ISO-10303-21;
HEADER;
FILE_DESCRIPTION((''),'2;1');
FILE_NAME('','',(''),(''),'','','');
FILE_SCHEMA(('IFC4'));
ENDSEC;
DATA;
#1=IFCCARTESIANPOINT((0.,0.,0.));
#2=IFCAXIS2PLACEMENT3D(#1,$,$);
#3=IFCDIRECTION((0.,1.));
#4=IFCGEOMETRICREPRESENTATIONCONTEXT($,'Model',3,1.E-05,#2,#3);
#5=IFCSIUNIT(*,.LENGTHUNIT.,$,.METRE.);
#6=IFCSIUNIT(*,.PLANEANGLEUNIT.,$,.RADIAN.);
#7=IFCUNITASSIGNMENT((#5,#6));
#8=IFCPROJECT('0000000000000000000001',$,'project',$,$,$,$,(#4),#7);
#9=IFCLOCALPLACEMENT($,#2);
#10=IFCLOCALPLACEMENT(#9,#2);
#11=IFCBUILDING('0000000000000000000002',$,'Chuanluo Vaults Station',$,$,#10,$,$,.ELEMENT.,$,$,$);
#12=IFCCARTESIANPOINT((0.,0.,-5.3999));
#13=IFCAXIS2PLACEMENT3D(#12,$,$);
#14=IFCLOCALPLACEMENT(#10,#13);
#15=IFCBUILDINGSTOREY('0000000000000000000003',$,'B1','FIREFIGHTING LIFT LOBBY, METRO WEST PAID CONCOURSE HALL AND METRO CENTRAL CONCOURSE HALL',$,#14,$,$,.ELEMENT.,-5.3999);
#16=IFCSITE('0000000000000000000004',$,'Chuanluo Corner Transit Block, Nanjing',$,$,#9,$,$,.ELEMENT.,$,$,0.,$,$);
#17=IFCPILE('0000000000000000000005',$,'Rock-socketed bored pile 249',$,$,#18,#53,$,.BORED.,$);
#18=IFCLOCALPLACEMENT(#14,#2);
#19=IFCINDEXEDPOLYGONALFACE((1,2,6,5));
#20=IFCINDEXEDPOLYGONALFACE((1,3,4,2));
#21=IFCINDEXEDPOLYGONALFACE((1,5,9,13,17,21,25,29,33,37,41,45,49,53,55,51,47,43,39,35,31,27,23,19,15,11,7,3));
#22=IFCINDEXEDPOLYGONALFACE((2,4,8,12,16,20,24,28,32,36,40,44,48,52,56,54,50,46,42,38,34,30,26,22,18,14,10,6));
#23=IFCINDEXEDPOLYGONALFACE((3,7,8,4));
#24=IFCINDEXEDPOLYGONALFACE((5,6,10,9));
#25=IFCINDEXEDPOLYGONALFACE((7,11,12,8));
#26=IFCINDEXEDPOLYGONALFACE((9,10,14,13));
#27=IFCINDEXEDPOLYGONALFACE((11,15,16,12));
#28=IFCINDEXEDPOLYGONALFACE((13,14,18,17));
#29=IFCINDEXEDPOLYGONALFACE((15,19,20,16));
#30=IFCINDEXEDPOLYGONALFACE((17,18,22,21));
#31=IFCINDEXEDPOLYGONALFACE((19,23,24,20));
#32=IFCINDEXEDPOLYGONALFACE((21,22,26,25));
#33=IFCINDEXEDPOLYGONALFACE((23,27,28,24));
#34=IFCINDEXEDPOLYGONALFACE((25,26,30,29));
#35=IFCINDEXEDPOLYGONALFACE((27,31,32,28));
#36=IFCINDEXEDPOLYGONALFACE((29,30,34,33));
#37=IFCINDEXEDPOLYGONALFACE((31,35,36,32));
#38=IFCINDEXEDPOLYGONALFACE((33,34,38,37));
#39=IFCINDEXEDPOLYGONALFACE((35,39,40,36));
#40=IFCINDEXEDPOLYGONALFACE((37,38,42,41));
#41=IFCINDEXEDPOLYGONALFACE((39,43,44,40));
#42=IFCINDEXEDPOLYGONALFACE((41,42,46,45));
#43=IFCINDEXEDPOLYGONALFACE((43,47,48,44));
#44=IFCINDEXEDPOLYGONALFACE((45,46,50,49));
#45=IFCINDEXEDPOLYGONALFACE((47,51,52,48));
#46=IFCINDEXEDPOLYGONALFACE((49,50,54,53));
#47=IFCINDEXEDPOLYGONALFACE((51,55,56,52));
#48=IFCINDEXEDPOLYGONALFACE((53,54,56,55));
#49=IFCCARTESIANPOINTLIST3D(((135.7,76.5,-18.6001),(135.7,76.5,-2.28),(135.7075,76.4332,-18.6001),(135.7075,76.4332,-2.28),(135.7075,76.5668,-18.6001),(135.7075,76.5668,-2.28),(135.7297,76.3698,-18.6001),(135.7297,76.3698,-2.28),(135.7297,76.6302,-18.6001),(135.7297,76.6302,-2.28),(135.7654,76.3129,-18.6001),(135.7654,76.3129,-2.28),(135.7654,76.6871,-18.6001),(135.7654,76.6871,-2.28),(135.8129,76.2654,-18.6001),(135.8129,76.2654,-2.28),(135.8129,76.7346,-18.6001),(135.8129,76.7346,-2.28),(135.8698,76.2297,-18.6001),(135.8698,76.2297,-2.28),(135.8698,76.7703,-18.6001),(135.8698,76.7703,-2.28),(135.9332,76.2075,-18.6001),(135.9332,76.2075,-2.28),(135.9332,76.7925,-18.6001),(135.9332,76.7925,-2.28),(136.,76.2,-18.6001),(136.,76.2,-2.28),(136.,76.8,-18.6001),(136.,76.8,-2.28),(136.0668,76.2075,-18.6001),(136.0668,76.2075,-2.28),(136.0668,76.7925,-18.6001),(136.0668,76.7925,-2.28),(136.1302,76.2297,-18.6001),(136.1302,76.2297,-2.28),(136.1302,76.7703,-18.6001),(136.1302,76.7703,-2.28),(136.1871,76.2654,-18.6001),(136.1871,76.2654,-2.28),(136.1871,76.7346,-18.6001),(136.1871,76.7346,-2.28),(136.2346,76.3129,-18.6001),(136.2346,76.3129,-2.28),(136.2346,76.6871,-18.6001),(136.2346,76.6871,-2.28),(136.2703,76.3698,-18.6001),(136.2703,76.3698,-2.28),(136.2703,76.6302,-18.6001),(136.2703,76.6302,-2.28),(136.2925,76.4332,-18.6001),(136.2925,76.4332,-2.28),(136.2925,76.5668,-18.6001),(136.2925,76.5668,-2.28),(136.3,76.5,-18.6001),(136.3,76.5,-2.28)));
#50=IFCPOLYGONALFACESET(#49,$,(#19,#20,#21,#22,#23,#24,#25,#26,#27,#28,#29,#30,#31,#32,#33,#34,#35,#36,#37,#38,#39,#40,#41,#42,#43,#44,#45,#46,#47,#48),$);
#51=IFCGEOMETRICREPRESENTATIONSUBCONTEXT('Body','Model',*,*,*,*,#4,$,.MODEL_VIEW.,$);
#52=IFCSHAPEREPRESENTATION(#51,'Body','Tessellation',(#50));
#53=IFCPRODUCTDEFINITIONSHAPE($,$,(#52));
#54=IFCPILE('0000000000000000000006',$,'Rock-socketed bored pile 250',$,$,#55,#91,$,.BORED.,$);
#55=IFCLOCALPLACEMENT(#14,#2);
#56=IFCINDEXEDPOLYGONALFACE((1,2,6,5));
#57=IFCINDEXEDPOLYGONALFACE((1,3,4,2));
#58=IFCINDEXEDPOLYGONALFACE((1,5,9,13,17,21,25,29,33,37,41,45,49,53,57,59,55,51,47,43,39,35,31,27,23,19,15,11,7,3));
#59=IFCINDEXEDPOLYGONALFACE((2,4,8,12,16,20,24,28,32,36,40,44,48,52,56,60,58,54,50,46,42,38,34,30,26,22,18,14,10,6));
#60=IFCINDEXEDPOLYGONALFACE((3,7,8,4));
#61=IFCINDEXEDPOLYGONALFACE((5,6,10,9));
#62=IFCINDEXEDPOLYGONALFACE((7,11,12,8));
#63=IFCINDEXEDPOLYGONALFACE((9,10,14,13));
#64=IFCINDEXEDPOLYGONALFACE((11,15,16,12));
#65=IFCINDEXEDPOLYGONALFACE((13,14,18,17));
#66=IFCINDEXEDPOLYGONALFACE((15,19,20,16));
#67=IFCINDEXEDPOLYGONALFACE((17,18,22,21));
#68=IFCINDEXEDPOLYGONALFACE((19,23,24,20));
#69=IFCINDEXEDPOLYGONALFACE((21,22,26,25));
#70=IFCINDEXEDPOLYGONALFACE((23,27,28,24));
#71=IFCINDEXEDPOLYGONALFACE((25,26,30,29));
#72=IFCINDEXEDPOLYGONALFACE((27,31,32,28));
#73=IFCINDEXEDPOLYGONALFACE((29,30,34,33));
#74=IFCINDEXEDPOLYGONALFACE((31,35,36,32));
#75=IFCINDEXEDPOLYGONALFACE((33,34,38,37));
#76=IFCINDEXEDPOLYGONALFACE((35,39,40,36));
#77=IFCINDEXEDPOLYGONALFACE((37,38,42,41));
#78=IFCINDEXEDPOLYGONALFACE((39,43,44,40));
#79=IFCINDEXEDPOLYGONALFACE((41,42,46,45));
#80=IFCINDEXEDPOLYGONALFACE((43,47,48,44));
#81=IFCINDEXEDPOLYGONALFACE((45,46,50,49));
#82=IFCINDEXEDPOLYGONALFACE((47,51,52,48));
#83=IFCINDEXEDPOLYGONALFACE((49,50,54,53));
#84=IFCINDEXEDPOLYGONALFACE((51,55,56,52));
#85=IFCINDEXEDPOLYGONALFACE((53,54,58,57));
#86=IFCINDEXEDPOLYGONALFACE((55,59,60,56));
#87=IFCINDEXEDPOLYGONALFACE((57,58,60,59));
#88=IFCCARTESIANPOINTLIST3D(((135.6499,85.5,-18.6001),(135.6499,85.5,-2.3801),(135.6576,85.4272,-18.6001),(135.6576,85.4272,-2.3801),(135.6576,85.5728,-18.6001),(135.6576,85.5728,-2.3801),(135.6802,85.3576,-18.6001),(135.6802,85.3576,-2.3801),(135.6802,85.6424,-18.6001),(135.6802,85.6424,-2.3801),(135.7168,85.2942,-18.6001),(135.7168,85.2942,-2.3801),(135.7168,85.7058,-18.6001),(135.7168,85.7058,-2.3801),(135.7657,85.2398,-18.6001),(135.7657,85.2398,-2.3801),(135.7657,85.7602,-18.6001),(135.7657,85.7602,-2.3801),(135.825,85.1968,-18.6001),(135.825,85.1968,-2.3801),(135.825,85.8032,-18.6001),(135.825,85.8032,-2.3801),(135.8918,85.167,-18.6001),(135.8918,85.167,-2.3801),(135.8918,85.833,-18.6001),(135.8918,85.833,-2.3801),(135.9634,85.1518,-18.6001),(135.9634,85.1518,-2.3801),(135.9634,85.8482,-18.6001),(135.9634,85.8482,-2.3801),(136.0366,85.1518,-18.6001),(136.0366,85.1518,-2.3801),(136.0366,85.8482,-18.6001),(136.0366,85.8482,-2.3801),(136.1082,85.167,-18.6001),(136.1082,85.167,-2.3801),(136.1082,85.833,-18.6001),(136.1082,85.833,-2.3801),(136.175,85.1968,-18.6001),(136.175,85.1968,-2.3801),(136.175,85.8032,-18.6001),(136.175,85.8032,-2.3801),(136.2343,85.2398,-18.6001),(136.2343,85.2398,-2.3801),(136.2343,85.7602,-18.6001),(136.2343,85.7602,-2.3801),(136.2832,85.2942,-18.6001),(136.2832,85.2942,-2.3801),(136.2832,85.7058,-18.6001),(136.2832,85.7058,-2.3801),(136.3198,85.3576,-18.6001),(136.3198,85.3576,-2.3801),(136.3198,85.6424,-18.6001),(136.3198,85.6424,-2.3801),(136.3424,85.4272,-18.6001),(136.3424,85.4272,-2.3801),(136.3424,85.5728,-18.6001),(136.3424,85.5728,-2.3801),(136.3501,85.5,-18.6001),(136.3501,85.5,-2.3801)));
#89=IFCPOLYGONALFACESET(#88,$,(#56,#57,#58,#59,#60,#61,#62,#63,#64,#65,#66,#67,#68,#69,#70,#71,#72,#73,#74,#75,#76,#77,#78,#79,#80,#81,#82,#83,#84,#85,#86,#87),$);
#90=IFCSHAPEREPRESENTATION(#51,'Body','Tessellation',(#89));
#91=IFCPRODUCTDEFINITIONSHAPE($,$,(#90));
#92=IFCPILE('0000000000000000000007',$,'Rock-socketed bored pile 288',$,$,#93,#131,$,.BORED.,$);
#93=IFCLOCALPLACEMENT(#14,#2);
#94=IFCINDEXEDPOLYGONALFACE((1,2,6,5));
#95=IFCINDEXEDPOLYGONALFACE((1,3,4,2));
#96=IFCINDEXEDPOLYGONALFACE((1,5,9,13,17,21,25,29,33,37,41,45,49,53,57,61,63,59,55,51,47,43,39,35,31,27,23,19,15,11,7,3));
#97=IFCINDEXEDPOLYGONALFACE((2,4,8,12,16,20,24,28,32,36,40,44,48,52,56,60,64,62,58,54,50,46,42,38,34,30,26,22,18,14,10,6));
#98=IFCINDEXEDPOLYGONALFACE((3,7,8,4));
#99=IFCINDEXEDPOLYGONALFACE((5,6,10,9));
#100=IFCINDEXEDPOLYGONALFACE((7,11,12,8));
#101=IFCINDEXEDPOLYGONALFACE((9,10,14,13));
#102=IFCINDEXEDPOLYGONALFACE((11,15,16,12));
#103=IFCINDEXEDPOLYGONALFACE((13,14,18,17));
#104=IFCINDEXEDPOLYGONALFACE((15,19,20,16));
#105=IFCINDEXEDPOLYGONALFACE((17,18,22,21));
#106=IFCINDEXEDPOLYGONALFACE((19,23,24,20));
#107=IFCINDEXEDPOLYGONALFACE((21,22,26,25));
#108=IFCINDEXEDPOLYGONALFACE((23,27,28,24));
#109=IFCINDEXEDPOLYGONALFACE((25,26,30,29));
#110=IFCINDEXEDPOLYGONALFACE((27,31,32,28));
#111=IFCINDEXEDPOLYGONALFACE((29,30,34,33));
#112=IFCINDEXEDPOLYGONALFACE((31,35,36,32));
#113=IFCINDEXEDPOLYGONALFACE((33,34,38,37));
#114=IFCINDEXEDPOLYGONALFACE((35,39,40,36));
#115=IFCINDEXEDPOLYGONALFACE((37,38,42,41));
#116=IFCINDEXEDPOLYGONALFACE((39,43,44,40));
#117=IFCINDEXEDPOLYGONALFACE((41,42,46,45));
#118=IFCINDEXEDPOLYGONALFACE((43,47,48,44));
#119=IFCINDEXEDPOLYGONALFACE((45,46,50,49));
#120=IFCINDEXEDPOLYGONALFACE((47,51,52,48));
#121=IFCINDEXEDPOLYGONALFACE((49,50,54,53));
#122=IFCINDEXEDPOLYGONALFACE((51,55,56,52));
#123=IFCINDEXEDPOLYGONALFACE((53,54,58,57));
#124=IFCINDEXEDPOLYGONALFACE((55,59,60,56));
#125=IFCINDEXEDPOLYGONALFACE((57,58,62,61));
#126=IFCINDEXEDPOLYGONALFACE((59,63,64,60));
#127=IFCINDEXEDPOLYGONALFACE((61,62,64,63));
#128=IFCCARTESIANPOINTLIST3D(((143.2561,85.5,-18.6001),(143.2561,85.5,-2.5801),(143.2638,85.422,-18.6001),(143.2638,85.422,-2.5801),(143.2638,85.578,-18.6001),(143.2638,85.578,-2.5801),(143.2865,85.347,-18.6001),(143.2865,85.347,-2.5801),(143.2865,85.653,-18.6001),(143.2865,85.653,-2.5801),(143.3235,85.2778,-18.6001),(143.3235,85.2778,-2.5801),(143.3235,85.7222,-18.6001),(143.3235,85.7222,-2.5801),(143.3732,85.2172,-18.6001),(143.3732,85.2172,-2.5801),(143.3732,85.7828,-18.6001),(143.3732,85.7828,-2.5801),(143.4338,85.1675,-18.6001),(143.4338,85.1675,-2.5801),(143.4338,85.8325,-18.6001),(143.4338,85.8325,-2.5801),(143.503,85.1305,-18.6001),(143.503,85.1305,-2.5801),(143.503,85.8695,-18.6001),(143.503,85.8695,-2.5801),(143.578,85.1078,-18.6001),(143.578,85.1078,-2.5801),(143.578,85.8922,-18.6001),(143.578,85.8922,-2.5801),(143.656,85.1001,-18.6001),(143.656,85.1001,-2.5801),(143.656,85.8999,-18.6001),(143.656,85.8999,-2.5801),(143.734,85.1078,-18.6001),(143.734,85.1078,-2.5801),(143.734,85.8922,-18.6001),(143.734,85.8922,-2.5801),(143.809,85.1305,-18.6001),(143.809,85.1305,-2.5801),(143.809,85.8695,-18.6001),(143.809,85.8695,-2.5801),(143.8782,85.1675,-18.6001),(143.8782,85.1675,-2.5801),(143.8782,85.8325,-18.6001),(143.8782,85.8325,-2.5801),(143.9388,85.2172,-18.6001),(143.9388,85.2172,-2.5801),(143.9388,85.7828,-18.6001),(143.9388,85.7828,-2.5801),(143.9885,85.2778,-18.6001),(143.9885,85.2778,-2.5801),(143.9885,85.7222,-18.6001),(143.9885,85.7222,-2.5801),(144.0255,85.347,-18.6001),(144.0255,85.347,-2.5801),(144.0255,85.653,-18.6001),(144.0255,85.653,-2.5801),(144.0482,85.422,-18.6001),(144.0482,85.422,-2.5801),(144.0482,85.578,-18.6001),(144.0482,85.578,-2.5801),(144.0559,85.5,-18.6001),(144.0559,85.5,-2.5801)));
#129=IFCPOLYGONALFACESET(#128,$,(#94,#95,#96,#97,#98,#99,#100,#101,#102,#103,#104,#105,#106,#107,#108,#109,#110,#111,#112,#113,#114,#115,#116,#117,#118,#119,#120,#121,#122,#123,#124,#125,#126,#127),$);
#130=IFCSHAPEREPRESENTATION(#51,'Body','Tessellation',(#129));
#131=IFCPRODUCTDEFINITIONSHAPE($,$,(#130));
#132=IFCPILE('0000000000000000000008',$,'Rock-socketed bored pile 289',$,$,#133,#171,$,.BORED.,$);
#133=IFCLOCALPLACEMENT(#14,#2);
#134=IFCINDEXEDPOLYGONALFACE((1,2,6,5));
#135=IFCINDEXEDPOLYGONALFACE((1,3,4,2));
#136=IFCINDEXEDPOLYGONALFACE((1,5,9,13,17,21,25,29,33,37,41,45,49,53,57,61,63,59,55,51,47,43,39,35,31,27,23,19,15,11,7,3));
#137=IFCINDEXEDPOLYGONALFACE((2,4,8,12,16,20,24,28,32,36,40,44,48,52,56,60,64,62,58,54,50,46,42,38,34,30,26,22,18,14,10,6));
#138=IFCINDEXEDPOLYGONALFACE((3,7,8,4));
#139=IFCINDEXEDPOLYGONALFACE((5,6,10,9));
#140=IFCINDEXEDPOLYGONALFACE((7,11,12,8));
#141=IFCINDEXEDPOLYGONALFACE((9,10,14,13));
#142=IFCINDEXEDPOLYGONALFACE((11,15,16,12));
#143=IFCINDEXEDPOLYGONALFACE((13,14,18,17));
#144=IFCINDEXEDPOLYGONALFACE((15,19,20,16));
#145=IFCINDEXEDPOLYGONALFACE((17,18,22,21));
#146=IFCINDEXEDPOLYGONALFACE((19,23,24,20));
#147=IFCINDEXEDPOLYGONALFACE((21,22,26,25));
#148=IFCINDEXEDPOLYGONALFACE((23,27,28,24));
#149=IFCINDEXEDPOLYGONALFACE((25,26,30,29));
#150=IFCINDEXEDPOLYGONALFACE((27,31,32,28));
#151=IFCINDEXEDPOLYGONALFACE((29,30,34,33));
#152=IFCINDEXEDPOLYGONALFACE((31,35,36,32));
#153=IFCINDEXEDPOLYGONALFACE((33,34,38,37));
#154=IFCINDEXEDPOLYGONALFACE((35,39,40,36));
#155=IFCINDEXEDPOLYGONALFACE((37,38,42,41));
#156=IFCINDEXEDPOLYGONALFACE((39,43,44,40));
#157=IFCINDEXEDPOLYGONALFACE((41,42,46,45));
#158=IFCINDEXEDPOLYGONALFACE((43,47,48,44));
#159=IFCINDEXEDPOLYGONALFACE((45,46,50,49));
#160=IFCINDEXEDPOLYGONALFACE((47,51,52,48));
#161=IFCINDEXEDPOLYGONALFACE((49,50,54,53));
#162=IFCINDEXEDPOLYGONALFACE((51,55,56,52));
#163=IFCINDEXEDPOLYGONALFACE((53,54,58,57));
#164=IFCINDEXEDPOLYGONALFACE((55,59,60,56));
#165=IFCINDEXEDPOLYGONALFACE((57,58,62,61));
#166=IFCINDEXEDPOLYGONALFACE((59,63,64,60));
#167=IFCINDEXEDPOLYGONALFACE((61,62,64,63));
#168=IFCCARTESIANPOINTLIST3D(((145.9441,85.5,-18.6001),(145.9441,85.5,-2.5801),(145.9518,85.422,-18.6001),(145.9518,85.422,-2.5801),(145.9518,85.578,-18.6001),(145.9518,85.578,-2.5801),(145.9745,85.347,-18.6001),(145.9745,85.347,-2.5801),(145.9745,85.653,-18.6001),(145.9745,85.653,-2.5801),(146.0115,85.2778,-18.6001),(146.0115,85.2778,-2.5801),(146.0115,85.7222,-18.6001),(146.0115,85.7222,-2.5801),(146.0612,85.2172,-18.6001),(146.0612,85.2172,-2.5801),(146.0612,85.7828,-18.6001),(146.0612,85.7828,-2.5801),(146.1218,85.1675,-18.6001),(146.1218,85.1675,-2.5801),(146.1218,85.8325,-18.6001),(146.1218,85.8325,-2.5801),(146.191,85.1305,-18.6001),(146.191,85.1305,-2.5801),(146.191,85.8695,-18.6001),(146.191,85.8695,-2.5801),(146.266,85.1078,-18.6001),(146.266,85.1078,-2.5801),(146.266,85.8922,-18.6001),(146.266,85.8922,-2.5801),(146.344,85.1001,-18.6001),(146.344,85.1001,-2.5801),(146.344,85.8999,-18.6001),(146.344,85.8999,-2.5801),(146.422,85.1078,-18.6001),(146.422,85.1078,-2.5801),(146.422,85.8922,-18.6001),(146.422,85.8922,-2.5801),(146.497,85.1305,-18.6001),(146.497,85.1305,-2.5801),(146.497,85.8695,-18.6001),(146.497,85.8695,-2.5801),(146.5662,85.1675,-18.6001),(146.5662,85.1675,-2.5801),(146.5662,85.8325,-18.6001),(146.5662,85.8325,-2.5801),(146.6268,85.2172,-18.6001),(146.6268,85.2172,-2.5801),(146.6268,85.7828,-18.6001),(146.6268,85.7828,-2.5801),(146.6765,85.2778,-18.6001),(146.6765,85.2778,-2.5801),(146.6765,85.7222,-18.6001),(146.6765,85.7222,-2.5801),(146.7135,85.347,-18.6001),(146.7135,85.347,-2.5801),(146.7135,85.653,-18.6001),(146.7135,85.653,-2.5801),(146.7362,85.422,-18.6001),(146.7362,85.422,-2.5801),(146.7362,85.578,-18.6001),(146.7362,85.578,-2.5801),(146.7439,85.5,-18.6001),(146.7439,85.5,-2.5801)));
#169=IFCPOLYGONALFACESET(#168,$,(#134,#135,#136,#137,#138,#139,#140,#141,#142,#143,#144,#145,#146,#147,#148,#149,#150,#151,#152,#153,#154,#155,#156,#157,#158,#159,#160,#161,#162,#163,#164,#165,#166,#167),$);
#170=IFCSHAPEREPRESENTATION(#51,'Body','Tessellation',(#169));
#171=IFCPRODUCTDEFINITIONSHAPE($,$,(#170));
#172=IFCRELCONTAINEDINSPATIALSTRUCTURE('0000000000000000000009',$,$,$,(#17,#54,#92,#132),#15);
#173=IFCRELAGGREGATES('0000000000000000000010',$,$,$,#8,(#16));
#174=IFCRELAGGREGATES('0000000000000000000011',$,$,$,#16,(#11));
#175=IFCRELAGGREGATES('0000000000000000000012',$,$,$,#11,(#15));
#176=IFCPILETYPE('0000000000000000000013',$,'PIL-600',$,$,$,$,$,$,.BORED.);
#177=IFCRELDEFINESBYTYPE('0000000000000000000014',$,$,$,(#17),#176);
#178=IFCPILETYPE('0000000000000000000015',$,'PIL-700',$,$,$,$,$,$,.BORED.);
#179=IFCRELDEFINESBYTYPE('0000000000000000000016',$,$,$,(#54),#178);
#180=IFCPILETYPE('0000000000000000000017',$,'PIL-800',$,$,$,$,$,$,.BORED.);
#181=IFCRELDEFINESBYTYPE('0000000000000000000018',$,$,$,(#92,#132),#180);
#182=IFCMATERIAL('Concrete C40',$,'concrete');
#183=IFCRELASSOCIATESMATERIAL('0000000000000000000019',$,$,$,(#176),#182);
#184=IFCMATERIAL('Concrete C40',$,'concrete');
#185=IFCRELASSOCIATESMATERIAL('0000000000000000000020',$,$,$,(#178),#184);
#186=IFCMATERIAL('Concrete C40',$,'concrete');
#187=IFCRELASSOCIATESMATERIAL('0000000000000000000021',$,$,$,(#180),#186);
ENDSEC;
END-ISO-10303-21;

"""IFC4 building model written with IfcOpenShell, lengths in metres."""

from ifc_helpers import new_model, si_unit, direction, frame, origin, origin_2d, place, context, subcontext, project, spatial, circle, extrude, material, material_profile, profile_set, type_object, element, save


model = new_model("IFC4")

# Units and contexts
model_context = context("Model", 3, precision=1e-05, world=origin(), true_north=direction((0.0, 1.0)))
body_context = subcontext(model_context, "Body", "Model", "MODEL_VIEW")
ifc_project = project(units=[si_unit("LENGTHUNIT", "METRE"), si_unit("PLANEANGLEUNIT", "RADIAN")], contexts=[model_context])

# Site, building, storey
site_placement = place(None, origin())
site = spatial("IfcSite", under=ifc_project, at=site_placement, Name="Chuanluo Corner Transit Block, Nanjing", CompositionType="ELEMENT", RefElevation=0.0)
building_placement = place(site_placement, origin())
building = spatial("IfcBuilding", under=site, at=building_placement, Name="Chuanluo Vaults Station", CompositionType="ELEMENT")
storey_placement = place(building_placement, frame((0.0, 0.0, -5.3999)))
storey = spatial("IfcBuildingStorey", under=building, at=storey_placement, Name="B1", Description="FIREFIGHTING LIFT LOBBY, METRO WEST PAID CONCOURSE HALL AND METRO CENTRAL CONCOURSE HALL", CompositionType="ELEMENT", Elevation=-5.3999)

# Piles
ifc_material_1 = material(Name="Concrete C40", Category="concrete")
ifc_material_profile_1 = material_profile(ifc_material_1, circle(Radius=0.3, at=origin_2d()))
ifc_profile_set_1 = profile_set([ifc_material_profile_1], Name="Concrete C40")
pile_type_1 = type_object("IfcPileType", Name="PIL-600", PredefinedType="BORED", material=ifc_profile_set_1)
pile_1_placement = place(storey_placement, frame((136.0, 76.5, -2.28), z_axis=(0.0, 0.0, -1.0), x_axis=(1.0, 0.0, 0.0)))
element("IfcPile", 1, at=pile_1_placement, inside=storey, type_object=pile_type_1, Name="Rock-socketed bored pile 249", PredefinedType="BORED", context=body_context, shape_type="SweptSolid", body=[
    extrude(circle(Radius=0.3, at=origin_2d()), origin(), (0.0, 0.0, 1.0), 16.3201),
])
ifc_material_2 = material(Name="Concrete C40", Category="concrete")
ifc_material_profile_2 = material_profile(ifc_material_2, circle(Radius=0.3501, at=origin_2d()))
ifc_profile_set_2 = profile_set([ifc_material_profile_2], Name="Concrete C40")
pile_type_2 = type_object("IfcPileType", Name="PIL-700", PredefinedType="BORED", material=ifc_profile_set_2)
pile_2_placement = place(storey_placement, frame((136.0, 85.5, -2.3801), z_axis=(0.0, 0.0, -1.0), x_axis=(1.0, 0.0, 0.0)))
element("IfcPile", 2, at=pile_2_placement, inside=storey, type_object=pile_type_2, Name="Rock-socketed bored pile 250", PredefinedType="BORED", context=body_context, shape_type="SweptSolid", body=[
    extrude(circle(Radius=0.3501, at=origin_2d()), origin(), (0.0, 0.0, 1.0), 16.22),
])
ifc_material_3 = material(Name="Concrete C40", Category="concrete")
ifc_material_profile_3 = material_profile(ifc_material_3, circle(Radius=0.3999, at=origin_2d()))
ifc_profile_set_3 = profile_set([ifc_material_profile_3], Name="Concrete C40")
pile_type_3 = type_object("IfcPileType", Name="PIL-800", PredefinedType="BORED", material=ifc_profile_set_3)
for number, where, z_axis, x_axis, name in (
    (3, (143.656, 85.5, -2.5801), (0.0, 0.0, -1.0), (1.0, 0.0, 0.0), "Rock-socketed bored pile 288"),
    (4, (146.344, 85.5, -2.5801), (0.0, 0.0, -1.0), (1.0, 0.0, 0.0), "Rock-socketed bored pile 289"),
):
    element("IfcPile", number, at=place(storey_placement, frame(where, z_axis=z_axis, x_axis=x_axis)), inside=storey, type_object=pile_type_3, Name=name, PredefinedType="BORED", context=body_context, shape_type="SweptSolid", body=[
        extrude(circle(Radius=0.3999, at=origin_2d()), origin(), (0.0, 0.0, 1.0), 16.02),
    ])

save(model, "model.ifc")
